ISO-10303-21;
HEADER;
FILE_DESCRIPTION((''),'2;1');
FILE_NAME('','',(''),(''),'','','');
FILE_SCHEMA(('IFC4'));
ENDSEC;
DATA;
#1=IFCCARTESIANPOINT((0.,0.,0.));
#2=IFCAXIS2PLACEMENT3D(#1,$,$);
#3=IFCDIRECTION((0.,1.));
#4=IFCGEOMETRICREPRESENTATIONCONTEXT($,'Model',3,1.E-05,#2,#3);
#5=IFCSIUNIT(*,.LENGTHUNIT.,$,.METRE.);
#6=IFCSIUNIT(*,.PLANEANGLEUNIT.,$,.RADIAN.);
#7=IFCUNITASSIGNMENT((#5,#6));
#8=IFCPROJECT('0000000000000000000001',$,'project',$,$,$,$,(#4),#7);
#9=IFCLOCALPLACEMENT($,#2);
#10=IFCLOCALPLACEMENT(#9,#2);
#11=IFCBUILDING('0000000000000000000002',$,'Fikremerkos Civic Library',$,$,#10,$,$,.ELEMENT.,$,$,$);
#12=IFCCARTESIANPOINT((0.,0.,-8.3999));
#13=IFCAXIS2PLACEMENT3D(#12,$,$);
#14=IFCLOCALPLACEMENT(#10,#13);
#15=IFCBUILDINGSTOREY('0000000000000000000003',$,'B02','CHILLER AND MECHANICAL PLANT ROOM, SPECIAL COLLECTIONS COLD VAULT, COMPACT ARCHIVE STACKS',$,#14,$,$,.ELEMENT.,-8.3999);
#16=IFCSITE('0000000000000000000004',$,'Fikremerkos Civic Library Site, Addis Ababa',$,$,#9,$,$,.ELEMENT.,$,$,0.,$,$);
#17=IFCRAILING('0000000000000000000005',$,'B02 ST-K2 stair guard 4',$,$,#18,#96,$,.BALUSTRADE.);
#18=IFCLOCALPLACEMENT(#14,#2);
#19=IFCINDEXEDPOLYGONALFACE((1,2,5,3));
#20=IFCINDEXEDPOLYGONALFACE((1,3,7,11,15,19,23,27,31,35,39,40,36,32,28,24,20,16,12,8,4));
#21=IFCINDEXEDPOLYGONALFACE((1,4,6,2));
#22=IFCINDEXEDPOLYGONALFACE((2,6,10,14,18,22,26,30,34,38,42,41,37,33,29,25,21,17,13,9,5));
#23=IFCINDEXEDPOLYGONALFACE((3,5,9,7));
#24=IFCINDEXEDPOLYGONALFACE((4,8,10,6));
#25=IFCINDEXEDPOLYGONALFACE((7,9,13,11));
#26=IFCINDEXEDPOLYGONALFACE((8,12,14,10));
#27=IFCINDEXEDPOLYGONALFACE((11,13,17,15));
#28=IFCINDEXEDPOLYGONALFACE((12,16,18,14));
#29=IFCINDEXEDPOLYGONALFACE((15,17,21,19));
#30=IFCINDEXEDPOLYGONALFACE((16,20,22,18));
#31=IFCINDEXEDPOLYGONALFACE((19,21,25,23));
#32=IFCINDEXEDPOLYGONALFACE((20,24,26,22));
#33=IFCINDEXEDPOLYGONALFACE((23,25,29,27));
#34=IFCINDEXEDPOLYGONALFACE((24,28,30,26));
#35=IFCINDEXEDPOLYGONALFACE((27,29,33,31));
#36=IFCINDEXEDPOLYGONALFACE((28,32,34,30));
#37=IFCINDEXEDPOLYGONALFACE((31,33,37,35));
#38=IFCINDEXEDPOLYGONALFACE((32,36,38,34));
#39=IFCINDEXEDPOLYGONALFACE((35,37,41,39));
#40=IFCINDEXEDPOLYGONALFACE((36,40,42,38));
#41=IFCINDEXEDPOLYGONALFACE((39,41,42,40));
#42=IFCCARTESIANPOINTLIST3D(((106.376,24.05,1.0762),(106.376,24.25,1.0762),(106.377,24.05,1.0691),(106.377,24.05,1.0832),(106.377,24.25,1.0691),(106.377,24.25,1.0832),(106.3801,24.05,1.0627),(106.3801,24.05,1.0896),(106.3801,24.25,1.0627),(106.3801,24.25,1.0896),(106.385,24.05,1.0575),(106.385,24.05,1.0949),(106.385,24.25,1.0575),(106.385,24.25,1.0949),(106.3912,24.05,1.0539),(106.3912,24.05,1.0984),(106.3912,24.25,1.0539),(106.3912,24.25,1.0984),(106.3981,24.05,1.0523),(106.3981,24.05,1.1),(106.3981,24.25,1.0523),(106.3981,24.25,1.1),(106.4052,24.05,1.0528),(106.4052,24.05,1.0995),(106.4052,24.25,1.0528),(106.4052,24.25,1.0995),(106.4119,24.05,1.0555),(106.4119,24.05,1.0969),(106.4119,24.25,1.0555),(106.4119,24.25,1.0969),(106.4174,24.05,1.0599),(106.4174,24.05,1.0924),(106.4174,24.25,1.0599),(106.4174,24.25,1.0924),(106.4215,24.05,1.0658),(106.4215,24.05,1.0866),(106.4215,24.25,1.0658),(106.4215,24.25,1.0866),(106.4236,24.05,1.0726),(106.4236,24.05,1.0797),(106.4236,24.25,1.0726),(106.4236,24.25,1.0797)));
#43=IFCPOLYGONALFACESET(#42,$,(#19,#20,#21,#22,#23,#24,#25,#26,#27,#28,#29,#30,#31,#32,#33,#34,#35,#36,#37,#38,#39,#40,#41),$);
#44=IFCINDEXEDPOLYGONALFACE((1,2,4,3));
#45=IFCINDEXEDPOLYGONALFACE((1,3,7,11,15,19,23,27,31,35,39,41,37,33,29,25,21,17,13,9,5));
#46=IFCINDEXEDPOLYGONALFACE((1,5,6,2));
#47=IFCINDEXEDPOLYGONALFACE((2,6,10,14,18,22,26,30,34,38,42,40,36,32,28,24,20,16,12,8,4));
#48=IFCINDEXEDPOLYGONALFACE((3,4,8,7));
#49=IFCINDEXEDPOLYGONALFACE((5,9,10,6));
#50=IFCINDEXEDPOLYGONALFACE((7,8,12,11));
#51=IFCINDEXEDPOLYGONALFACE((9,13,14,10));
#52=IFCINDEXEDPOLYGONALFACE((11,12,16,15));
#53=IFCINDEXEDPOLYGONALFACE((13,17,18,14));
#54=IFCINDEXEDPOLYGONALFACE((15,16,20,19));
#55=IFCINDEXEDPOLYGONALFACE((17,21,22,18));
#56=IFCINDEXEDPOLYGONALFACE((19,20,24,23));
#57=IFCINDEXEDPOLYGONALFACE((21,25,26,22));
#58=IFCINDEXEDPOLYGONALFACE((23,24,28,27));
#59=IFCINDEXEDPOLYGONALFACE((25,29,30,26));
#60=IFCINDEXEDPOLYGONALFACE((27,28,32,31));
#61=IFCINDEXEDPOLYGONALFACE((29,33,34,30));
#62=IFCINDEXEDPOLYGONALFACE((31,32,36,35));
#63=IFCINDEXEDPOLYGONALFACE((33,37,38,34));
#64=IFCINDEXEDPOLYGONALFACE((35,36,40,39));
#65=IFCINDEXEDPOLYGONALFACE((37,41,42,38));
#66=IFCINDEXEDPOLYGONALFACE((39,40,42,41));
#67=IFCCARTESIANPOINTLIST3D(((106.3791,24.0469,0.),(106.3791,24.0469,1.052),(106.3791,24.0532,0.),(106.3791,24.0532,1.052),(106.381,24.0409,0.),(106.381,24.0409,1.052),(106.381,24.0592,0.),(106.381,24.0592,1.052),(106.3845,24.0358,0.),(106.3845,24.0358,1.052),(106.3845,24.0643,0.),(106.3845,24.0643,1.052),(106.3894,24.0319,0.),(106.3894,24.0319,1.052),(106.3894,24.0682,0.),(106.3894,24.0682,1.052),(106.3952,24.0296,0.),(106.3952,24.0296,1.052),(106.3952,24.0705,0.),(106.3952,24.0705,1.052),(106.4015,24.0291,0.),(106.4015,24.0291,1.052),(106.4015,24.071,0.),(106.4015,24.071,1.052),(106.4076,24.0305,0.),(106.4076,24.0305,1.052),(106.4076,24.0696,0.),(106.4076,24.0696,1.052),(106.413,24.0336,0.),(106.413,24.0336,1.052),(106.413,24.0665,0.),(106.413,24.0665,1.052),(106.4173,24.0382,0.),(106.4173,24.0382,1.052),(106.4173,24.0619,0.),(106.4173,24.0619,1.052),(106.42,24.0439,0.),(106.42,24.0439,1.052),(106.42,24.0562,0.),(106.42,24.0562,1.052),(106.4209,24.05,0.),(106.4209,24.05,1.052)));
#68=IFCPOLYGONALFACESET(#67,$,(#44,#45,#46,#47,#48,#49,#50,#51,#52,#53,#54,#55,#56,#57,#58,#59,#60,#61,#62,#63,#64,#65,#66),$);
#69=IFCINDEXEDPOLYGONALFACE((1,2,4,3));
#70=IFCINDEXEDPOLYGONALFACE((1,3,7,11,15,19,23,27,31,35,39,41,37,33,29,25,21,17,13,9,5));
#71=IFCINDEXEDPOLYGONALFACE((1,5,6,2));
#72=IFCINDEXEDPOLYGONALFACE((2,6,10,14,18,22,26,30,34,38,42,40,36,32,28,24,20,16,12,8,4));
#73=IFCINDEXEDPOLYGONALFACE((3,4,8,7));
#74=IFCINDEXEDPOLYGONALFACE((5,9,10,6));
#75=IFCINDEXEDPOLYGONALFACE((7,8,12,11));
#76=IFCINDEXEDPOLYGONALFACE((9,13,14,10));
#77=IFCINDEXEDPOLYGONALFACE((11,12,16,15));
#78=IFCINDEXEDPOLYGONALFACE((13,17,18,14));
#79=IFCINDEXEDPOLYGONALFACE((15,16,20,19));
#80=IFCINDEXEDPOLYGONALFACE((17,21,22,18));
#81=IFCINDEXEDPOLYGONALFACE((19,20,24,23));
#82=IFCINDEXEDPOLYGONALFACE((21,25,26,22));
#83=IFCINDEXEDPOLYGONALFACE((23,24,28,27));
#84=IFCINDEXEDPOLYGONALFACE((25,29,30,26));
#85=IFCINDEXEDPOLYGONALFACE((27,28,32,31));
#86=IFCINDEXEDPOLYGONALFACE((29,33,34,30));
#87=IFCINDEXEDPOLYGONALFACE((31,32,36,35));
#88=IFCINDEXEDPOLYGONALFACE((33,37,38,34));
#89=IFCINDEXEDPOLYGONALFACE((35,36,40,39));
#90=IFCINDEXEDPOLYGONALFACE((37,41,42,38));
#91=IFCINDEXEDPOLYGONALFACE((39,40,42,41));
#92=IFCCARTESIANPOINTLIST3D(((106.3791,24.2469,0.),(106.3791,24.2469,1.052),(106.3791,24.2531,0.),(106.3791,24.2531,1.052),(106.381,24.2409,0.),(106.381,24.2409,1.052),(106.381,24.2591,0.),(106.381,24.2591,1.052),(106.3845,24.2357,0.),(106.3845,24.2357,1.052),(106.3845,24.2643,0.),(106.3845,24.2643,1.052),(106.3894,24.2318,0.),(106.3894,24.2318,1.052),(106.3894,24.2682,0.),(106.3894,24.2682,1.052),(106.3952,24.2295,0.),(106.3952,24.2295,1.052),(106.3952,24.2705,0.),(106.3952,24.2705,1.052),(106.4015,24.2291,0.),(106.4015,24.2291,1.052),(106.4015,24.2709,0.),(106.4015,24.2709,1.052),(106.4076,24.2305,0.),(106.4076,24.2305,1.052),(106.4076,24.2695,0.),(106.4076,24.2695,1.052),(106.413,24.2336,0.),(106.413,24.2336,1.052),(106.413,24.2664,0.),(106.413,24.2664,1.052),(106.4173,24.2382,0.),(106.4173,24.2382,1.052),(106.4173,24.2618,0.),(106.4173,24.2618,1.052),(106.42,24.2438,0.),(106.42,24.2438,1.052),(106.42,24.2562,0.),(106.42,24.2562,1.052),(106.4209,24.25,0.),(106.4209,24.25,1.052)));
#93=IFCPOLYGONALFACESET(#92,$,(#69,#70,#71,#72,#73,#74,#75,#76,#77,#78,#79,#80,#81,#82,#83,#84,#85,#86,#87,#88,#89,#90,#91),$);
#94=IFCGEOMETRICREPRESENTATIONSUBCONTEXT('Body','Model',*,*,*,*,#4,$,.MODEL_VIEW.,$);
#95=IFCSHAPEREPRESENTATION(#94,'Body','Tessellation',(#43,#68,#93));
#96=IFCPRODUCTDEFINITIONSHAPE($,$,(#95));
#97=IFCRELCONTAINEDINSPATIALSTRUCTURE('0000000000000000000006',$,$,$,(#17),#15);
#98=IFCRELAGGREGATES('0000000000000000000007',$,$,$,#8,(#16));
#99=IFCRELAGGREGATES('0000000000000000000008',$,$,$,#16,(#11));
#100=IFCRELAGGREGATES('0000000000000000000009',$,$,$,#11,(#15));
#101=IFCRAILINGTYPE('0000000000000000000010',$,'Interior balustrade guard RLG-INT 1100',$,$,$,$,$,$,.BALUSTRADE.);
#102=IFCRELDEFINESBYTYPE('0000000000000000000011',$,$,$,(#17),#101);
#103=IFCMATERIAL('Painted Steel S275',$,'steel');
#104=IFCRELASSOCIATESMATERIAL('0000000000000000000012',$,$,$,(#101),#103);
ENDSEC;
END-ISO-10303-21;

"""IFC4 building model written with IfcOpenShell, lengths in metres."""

from ifc_helpers import new_model, si_unit, direction, frame, origin, origin_2d, place, context, subcontext, project, spatial, circle, extrude, material, type_object, element, save


model = new_model("IFC4")

# Units and contexts
model_context = context("Model", 3, precision=1e-05, world=origin(), true_north=direction((0.0, 1.0)))
body_context = subcontext(model_context, "Body", "Model", "MODEL_VIEW")
ifc_project = project(units=[si_unit("LENGTHUNIT", "METRE"), si_unit("PLANEANGLEUNIT", "RADIAN")], contexts=[model_context])

# Site, building, storey
site_placement = place(None, origin())
site = spatial("IfcSite", under=ifc_project, at=site_placement, Name="Fikremerkos Civic Library Site, Addis Ababa", CompositionType="ELEMENT", RefElevation=0.0)
building_placement = place(site_placement, origin())
building = spatial("IfcBuilding", under=site, at=building_placement, Name="Fikremerkos Civic Library", CompositionType="ELEMENT")
storey_placement = place(building_placement, frame((0.0, 0.0, -8.3999)))
storey = spatial("IfcBuildingStorey", under=building, at=storey_placement, Name="B02", Description="CHILLER AND MECHANICAL PLANT ROOM, SPECIAL COLLECTIONS COLD VAULT, COMPACT ARCHIVE STACKS", CompositionType="ELEMENT", Elevation=-8.3999)

# Railing
ifc_material_1 = material(Name="Painted Steel S275", Category="steel")
railing_type_1 = type_object("IfcRailingType", Name="Interior balustrade guard RLG-INT 1100", PredefinedType="BALUSTRADE", material=ifc_material_1)
railing_1_placement = place(storey_placement, frame((106.3999, 24.05, 0.0)))
element("IfcRailing", 1, at=railing_1_placement, inside=storey, type_object=railing_type_1, Name="B02 ST-K2 stair guard 4", PredefinedType="BALUSTRADE", context=body_context, shape_type="SweptSolid", body=[
    extrude(circle(Radius=0.0239, at=origin_2d()), frame((0.0, 0.0, 1.0762), z_axis=(0.0, 1.0, 0.0), x_axis=(-1.0, 0.0, 0.0)), (0.0, 0.0, 1.0), 0.2),
    extrude(circle(Radius=0.021, at=origin_2d()), origin(), (0.0, 0.0, 1.0), 1.052),
    extrude(circle(Radius=0.021, at=origin_2d()), frame((0.0, 0.2, 0.0)), (0.0, 0.0, 1.0), 1.052),
])

save(model, "model.ifc")
